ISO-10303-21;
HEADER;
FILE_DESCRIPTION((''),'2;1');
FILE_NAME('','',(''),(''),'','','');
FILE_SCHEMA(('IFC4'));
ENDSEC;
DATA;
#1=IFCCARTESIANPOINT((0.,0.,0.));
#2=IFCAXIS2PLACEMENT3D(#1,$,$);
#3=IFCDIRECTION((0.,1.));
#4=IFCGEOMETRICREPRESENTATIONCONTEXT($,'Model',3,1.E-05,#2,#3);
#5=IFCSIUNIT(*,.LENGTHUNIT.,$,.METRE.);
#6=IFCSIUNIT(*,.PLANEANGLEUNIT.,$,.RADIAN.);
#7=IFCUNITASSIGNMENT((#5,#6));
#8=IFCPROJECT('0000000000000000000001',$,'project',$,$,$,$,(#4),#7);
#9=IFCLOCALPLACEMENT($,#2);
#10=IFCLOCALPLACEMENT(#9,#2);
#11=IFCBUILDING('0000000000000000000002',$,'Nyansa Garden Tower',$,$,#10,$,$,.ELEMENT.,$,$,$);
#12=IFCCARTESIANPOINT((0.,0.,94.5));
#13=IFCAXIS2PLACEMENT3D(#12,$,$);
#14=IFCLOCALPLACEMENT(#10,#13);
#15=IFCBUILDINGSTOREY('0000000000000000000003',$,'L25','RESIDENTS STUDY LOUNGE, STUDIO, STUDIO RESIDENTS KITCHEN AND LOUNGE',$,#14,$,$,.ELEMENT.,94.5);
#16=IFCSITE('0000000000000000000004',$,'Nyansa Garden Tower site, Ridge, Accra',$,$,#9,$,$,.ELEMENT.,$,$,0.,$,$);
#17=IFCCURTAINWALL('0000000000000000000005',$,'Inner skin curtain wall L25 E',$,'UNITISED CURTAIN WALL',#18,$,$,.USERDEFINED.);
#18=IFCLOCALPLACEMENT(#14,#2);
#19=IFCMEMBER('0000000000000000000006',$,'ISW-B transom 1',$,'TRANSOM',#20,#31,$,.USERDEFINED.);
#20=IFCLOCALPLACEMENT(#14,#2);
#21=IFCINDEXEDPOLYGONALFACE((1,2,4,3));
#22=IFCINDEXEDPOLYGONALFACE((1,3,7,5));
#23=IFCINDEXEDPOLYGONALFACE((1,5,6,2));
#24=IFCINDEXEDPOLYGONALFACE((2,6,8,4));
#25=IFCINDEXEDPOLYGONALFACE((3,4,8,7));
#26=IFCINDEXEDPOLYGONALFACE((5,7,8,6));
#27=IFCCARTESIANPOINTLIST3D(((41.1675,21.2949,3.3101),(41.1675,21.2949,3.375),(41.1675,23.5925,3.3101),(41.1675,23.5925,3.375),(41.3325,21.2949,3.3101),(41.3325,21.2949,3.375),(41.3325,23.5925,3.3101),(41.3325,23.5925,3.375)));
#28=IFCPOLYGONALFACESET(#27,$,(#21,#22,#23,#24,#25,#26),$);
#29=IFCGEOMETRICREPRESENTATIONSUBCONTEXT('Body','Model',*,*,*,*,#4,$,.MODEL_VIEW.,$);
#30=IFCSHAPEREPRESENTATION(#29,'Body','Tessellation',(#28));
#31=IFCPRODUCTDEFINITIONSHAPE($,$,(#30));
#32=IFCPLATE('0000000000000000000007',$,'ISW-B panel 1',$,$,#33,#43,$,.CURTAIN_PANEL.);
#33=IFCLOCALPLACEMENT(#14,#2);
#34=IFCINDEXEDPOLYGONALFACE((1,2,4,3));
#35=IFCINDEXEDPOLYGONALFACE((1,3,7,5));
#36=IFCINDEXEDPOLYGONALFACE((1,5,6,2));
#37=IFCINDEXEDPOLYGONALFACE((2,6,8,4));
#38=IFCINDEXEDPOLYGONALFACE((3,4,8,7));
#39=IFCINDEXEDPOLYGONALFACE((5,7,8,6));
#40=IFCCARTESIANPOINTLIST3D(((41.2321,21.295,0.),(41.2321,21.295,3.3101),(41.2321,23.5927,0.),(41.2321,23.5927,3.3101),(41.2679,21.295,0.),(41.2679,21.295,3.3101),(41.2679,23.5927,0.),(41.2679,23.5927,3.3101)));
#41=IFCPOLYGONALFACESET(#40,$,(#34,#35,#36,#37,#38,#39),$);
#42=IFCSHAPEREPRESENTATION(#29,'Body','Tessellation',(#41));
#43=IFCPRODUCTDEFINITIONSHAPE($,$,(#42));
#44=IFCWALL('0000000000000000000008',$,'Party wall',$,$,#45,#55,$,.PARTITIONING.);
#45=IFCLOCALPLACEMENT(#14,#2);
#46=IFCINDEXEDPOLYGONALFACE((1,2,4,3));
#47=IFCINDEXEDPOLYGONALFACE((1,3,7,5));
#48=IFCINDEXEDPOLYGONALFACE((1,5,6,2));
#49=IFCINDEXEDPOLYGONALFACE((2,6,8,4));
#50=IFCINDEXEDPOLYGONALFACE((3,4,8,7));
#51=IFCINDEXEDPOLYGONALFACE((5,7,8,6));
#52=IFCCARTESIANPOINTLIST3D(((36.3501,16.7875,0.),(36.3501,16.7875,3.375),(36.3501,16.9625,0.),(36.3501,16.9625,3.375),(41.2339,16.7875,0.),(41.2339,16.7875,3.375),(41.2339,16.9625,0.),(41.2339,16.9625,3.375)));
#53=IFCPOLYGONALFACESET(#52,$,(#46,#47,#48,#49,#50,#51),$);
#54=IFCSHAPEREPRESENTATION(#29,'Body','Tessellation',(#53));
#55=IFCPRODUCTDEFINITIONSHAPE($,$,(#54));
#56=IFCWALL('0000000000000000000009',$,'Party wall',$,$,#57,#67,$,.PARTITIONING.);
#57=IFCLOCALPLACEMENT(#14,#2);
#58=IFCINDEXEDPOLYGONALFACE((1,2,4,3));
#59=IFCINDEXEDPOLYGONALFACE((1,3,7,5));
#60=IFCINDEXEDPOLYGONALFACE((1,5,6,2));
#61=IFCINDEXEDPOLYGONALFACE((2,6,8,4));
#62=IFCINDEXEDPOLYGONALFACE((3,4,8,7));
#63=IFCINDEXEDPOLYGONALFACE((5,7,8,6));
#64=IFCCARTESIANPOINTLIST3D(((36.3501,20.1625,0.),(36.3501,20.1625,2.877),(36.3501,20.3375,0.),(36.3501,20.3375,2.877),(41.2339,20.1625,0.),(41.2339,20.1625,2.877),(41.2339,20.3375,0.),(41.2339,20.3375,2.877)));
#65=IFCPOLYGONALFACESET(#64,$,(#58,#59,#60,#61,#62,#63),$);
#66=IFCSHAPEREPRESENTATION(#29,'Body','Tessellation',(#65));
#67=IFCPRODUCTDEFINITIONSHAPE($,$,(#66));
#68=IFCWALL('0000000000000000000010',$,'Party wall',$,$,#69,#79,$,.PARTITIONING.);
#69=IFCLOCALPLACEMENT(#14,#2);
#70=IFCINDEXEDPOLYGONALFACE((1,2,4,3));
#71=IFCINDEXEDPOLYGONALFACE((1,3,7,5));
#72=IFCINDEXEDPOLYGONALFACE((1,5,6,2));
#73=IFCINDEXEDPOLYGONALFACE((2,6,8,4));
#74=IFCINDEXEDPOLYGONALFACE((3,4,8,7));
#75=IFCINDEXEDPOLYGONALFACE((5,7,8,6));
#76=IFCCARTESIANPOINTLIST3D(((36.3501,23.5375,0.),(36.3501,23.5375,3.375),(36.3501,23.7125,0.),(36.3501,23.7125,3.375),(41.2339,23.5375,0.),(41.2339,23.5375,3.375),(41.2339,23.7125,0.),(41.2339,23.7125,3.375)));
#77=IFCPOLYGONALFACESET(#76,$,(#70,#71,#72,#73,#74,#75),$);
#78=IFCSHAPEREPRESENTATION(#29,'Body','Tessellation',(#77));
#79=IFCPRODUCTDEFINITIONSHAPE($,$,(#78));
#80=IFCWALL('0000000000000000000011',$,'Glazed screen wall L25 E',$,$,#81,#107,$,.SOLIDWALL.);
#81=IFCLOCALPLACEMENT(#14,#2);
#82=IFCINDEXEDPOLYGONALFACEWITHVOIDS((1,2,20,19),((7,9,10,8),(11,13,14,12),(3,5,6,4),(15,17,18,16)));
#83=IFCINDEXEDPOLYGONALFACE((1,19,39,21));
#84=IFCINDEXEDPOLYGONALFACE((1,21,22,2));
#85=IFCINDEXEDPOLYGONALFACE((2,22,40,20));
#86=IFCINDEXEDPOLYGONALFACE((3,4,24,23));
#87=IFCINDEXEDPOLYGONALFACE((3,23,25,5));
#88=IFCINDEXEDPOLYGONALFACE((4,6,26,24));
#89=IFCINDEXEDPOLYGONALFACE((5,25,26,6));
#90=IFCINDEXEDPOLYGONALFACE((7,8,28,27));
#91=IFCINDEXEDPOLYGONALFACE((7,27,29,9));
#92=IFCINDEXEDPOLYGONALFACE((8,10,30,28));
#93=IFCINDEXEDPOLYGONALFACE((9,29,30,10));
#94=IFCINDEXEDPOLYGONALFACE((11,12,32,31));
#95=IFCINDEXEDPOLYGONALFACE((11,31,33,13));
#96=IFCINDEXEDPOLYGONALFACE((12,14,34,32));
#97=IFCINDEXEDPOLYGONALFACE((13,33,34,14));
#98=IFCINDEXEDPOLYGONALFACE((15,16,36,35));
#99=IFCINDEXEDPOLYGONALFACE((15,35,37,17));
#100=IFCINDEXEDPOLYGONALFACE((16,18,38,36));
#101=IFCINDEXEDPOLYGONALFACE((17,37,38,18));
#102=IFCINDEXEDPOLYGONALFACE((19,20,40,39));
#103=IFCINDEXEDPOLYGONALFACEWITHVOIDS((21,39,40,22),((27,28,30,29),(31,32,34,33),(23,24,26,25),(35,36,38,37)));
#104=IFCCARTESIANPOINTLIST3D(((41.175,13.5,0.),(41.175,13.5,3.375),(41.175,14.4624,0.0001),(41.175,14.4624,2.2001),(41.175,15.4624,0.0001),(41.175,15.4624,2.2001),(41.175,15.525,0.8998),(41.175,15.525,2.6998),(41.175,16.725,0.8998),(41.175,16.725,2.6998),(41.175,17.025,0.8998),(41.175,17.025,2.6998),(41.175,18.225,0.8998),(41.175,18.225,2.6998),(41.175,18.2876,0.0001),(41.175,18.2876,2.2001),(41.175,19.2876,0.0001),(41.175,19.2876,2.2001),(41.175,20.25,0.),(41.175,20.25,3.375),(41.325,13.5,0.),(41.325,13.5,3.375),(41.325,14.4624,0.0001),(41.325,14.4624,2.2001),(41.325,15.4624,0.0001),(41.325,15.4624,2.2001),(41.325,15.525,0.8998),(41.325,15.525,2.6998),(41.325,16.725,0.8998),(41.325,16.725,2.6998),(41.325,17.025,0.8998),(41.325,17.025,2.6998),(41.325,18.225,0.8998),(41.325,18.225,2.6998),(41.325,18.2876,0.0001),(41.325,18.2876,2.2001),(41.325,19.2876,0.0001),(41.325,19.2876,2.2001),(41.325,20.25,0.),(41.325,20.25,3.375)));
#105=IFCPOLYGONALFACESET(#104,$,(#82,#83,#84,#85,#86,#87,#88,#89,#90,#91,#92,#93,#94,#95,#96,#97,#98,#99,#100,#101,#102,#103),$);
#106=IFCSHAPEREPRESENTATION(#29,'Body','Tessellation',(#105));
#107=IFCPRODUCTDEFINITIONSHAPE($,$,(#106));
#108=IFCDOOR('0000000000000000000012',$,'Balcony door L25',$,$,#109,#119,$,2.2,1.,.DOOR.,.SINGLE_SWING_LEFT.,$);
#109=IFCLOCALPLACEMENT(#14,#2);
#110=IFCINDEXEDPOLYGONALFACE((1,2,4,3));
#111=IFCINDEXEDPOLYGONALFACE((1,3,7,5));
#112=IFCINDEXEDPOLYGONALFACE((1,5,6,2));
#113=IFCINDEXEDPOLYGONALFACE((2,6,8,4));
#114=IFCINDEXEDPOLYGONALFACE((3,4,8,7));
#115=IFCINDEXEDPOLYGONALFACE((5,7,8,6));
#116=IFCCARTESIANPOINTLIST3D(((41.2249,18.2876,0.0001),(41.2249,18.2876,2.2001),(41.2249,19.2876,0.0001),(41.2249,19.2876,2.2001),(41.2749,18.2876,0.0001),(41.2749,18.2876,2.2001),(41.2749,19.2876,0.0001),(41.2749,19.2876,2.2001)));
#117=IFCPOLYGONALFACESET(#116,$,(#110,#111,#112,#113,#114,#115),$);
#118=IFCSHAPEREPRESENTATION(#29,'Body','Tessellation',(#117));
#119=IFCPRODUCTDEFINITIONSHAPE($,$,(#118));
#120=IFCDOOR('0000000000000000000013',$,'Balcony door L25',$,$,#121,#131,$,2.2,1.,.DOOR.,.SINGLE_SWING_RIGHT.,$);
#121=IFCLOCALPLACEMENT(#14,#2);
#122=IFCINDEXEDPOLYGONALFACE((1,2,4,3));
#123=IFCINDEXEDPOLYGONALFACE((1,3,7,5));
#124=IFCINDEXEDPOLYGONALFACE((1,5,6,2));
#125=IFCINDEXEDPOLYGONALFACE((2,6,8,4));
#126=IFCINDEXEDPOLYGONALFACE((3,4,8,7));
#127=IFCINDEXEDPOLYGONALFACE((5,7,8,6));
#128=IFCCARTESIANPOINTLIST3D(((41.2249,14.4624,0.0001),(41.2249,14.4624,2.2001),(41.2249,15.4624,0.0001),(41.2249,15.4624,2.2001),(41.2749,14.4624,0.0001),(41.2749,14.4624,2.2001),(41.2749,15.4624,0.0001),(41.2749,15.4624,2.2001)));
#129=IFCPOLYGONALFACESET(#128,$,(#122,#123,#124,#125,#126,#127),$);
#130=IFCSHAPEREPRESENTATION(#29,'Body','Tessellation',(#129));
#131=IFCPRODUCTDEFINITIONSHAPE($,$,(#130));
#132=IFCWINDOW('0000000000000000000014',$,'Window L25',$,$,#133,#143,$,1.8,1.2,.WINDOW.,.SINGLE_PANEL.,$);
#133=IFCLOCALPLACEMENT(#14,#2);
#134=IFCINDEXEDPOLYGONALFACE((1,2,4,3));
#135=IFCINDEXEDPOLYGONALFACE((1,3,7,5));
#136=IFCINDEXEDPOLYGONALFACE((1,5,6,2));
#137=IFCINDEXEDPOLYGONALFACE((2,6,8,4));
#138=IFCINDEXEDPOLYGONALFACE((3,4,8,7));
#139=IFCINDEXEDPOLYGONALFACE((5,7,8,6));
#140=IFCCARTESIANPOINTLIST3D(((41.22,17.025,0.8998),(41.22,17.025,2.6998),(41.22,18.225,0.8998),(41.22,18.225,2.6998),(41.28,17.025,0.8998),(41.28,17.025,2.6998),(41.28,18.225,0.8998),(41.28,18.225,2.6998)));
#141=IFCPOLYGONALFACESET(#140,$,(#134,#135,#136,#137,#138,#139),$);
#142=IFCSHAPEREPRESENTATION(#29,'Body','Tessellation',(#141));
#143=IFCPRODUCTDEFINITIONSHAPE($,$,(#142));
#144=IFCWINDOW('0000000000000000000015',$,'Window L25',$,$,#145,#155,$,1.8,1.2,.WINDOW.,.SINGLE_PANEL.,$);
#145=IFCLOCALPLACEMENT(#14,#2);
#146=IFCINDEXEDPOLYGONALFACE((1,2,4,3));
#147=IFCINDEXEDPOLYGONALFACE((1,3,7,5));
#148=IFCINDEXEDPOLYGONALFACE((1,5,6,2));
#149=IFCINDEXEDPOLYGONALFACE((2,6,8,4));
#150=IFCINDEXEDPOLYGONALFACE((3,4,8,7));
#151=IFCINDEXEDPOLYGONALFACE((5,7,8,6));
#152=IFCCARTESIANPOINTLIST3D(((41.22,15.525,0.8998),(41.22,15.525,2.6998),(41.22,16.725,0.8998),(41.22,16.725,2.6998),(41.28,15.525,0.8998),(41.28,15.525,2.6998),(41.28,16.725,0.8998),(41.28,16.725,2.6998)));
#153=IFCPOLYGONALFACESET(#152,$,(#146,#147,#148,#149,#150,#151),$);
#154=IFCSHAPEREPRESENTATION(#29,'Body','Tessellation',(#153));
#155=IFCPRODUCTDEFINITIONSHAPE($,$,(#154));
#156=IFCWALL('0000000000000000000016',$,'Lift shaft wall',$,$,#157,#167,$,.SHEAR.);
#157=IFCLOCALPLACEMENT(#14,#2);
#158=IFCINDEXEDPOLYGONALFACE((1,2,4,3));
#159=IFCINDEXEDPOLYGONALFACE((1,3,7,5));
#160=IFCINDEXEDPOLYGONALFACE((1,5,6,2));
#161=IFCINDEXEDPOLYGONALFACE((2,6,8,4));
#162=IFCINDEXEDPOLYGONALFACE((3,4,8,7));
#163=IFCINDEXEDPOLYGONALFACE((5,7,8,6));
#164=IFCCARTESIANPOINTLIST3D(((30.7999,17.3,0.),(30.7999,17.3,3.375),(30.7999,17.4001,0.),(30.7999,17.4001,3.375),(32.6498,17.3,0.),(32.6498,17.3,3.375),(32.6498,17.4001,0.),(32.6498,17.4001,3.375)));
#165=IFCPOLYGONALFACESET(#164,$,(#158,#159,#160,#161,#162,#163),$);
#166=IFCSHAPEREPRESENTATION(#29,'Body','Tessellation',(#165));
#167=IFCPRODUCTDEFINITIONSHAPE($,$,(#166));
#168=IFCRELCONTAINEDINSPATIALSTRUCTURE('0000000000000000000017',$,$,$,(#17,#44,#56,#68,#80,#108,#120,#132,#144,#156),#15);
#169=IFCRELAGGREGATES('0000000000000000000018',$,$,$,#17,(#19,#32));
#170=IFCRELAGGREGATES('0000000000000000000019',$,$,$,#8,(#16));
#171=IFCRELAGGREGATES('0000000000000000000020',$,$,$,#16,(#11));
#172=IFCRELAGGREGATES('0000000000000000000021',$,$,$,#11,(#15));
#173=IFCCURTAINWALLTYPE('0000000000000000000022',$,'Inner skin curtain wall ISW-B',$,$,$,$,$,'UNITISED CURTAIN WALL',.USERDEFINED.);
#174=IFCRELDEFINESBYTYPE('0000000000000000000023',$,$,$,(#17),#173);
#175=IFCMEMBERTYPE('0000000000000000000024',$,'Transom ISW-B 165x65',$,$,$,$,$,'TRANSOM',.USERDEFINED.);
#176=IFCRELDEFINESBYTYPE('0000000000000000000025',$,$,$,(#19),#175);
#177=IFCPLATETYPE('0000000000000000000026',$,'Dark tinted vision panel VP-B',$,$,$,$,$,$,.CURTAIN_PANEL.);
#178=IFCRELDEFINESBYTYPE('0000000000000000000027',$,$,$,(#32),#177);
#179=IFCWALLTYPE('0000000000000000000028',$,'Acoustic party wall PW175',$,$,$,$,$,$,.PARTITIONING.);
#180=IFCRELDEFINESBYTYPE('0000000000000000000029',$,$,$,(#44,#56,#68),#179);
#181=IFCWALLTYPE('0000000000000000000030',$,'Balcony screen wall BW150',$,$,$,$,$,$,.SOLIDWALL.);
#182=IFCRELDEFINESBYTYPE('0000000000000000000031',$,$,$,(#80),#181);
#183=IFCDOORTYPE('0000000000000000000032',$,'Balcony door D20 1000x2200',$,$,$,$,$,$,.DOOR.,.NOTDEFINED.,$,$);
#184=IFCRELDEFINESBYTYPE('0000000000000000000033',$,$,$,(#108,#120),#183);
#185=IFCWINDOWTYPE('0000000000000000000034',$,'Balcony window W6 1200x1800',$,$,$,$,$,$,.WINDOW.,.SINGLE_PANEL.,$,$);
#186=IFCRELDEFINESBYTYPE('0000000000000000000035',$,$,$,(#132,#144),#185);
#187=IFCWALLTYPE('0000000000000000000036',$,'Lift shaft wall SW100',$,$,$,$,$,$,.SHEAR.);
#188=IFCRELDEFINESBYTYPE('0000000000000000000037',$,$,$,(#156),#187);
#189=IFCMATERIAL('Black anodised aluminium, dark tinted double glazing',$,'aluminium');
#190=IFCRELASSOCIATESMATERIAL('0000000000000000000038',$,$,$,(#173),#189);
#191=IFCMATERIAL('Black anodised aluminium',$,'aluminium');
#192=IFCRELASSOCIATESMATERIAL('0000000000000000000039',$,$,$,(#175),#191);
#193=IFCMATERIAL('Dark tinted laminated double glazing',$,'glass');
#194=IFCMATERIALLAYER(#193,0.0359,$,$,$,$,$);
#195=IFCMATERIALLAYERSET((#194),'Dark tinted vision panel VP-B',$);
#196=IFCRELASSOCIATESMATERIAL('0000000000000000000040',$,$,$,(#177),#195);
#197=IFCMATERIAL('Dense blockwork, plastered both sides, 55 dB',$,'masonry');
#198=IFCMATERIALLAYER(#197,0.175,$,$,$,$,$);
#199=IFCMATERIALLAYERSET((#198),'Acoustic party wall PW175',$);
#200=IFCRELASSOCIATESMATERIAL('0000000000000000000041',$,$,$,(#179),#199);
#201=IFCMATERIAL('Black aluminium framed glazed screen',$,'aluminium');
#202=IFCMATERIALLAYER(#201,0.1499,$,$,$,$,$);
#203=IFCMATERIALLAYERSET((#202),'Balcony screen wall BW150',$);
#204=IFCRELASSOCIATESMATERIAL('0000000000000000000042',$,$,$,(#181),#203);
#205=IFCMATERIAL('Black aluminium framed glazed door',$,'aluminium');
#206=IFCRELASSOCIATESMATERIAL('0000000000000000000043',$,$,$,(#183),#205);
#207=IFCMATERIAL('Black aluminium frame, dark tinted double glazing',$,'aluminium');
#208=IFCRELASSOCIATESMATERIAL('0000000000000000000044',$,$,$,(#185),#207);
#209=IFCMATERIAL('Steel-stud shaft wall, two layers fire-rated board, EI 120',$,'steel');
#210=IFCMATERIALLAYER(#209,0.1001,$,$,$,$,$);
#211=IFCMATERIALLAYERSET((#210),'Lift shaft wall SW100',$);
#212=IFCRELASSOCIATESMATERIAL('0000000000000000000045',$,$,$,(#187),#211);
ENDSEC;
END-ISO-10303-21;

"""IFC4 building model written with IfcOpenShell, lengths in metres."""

from ifc_helpers import new_model, si_unit, direction, frame, frame_2d, origin, origin_2d, place, context, subcontext, project, spatial, rectangle, extrude, material, layer, layer_set, material_profile, profile_set, type_object, element, fill, aggregate, save


model = new_model("IFC4")

# Units and contexts
model_context = context("Model", 3, precision=1e-05, world=origin(), true_north=direction((0.0, 1.0)))
body_context = subcontext(model_context, "Body", "Model", "MODEL_VIEW")
ifc_project = project(units=[si_unit("LENGTHUNIT", "METRE"), si_unit("PLANEANGLEUNIT", "RADIAN")], contexts=[model_context])

# Site, building, storey
site_placement = place(None, origin())
site = spatial("IfcSite", under=ifc_project, at=site_placement, Name="Nyansa Garden Tower site, Ridge, Accra", CompositionType="ELEMENT", RefElevation=0.0)
building_placement = place(site_placement, origin())
building = spatial("IfcBuilding", under=site, at=building_placement, Name="Nyansa Garden Tower", CompositionType="ELEMENT")
storey_placement = place(building_placement, frame((0.0, 0.0, 94.5)))
storey = spatial("IfcBuildingStorey", under=building, at=storey_placement, Name="L25", Description="RESIDENTS STUDY LOUNGE, STUDIO, STUDIO RESIDENTS KITCHEN AND LOUNGE", CompositionType="ELEMENT", Elevation=94.5)

# Curtain wall
ifc_material_1 = material(Name="Black anodised aluminium, dark tinted double glazing", Category="aluminium")
curtain_wall_type = type_object("IfcCurtainWallType", Name="Inner skin curtain wall ISW-B", ElementType="UNITISED CURTAIN WALL", PredefinedType="USERDEFINED", material=ifc_material_1)
curtain_wall_placement = place(storey_placement, origin())
curtain_wall = element("IfcCurtainWall", 1, at=curtain_wall_placement, inside=storey, type_object=curtain_wall_type, Name="Inner skin curtain wall L25 E", ObjectType="UNITISED CURTAIN WALL", PredefinedType="USERDEFINED")

# Member
ifc_material_2 = material(Name="Black anodised aluminium", Category="aluminium")
ifc_material_profile_1 = material_profile(ifc_material_2, rectangle(XDim=0.165, YDim=0.0649, at=origin_2d()), Name="Transom 165x65")
ifc_profile_set_1 = profile_set([ifc_material_profile_1], Name="Black anodised aluminium")
member_type_1 = type_object("IfcMemberType", Name="Transom ISW-B 165x65", ElementType="TRANSOM", PredefinedType="USERDEFINED", material=ifc_profile_set_1)
member_1_placement = place(storey_placement, frame((41.25, 21.2949, 3.3425), z_axis=(0.0, 1.0, 0.0), x_axis=(-1.0, 0.0, 0.0)))
member_1 = element("IfcMember", 2, at=member_1_placement, type_object=member_type_1, Name="ISW-B transom 1", ObjectType="TRANSOM", PredefinedType="USERDEFINED", context=body_context, shape_type="SweptSolid", body=[
    extrude(rectangle(XDim=0.165, YDim=0.0649, at=origin_2d()), origin(), (0.0, 0.0, 1.0), 2.2976),
])

# Plate
ifc_material_3 = material(Name="Dark tinted laminated double glazing", Category="glass")
ifc_layer_1 = layer(ifc_material_3, 0.0359)
ifc_layer_set_1 = layer_set([ifc_layer_1], Name="Dark tinted vision panel VP-B")
plate_type = type_object("IfcPlateType", Name="Dark tinted vision panel VP-B", PredefinedType="CURTAIN_PANEL", material=ifc_layer_set_1)
plate_placement = place(storey_placement, frame((41.25, 22.4438, 0.0), z_axis=(0.0, 0.0, 1.0), x_axis=(0.0, 1.0, 0.0)))
plate = element("IfcPlate", 3, at=plate_placement, type_object=plate_type, Name="ISW-B panel 1", PredefinedType="CURTAIN_PANEL", context=body_context, shape_type="SweptSolid", body=[
    extrude(rectangle(XDim=2.2976, YDim=0.0359, at=origin_2d()), origin(), (0.0, 0.0, 1.0), 3.3101),
])
aggregate(curtain_wall, [member_1, plate])

# Walls
ifc_material_4 = material(Name="Dense blockwork, plastered both sides, 55 dB", Category="masonry")
ifc_layer_2 = layer(ifc_material_4, 0.175)
ifc_layer_set_2 = layer_set([ifc_layer_2], Name="Acoustic party wall PW175")
wall_type_1 = type_object("IfcWallType", Name="Acoustic party wall PW175", PredefinedType="PARTITIONING", material=ifc_layer_set_2)
wall_1_placement = place(storey_placement, frame((36.3501, 16.875, 0.0), z_axis=(0.0, 0.0, 1.0), x_axis=(1.0, 0.0, 0.0)))
element("IfcWall", 4, at=wall_1_placement, inside=storey, type_object=wall_type_1, Name="Party wall", PredefinedType="PARTITIONING", context=body_context, shape_type="SweptSolid", body=[
    extrude(rectangle(XDim=4.8838, YDim=0.175, at=frame_2d((2.4419, 0.0))), origin(), (0.0, 0.0, 1.0), 3.375),
])
wall_2_placement = place(storey_placement, frame((36.3501, 20.25, 0.0), z_axis=(0.0, 0.0, 1.0), x_axis=(1.0, 0.0, 0.0)))
element("IfcWall", 5, at=wall_2_placement, inside=storey, type_object=wall_type_1, Name="Party wall", PredefinedType="PARTITIONING", context=body_context, shape_type="SweptSolid", body=[
    extrude(rectangle(XDim=4.8838, YDim=0.175, at=frame_2d((2.4419, 0.0))), origin(), (0.0, 0.0, 1.0), 2.877),
])
wall_3_placement = place(storey_placement, frame((36.3501, 23.625, 0.0), z_axis=(0.0, 0.0, 1.0), x_axis=(1.0, 0.0, 0.0)))
element("IfcWall", 6, at=wall_3_placement, inside=storey, type_object=wall_type_1, Name="Party wall", PredefinedType="PARTITIONING", context=body_context, shape_type="SweptSolid", body=[
    extrude(rectangle(XDim=4.8838, YDim=0.175, at=frame_2d((2.4419, 0.0))), origin(), (0.0, 0.0, 1.0), 3.375),
])

# Wall, openings, doors, windows
ifc_material_5 = material(Name="Black aluminium framed glazed screen", Category="aluminium")
ifc_layer_3 = layer(ifc_material_5, 0.1499)
ifc_layer_set_3 = layer_set([ifc_layer_3], Name="Balcony screen wall BW150")
wall_type_2 = type_object("IfcWallType", Name="Balcony screen wall BW150", PredefinedType="SOLIDWALL", material=ifc_layer_set_3)
wall_4_placement = place(storey_placement, frame((41.25, 20.25, 0.0), z_axis=(0.0, 0.0, 1.0), x_axis=(0.0, -1.0, 0.0)))
wall_4 = element("IfcWall", 7, at=wall_4_placement, inside=storey, type_object=wall_type_2, Name="Glazed screen wall L25 E", PredefinedType="SOLIDWALL", context=body_context, shape_type="SweptSolid", body=[
    extrude(rectangle(XDim=6.75, YDim=0.1499, at=frame_2d((3.375, 0.0))), origin(), (0.0, 0.0, 1.0), 3.375),
])
opening_1_placement = place(wall_4_placement, frame((0.9624, 0.0, 0.0)))
opening_1 = element("IfcOpeningElement", 8, at=opening_1_placement, cuts=wall_4, PredefinedType="OPENING", context=body_context, shape_type="SweptSolid", body=[
    extrude(rectangle(XDim=1.0, YDim=2.2, at=frame_2d((0.5, 1.1001))), frame((0.0, 0.085, 0.0), z_axis=(0.0, -1.0, 0.0), x_axis=(1.0, 0.0, 0.0)), (0.0, 0.0, 1.0), 0.1699),
])
opening_2_placement = place(wall_4_placement, frame((2.0249, 0.0, 0.8999)))
opening_2 = element("IfcOpeningElement", 9, at=opening_2_placement, cuts=wall_4, PredefinedType="OPENING", context=body_context, shape_type="SweptSolid", body=[
    extrude(rectangle(XDim=1.2, YDim=1.8, at=frame_2d((0.6001, 0.8999))), frame((0.0, 0.085, 0.0), z_axis=(0.0, -1.0, 0.0), x_axis=(1.0, 0.0, 0.0)), (0.0, 0.0, 1.0), 0.1699),
])
opening_3_placement = place(wall_4_placement, frame((4.7876, 0.0, 0.0)))
opening_3 = element("IfcOpeningElement", 10, at=opening_3_placement, cuts=wall_4, PredefinedType="OPENING", context=body_context, shape_type="SweptSolid", body=[
    extrude(rectangle(XDim=1.0, YDim=2.2, at=frame_2d((0.5, 1.1001))), frame((0.0, 0.085, 0.0), z_axis=(0.0, -1.0, 0.0), x_axis=(1.0, 0.0, 0.0)), (0.0, 0.0, 1.0), 0.1699),
])
opening_4_placement = place(wall_4_placement, frame((3.5249, 0.0, 0.8999)))
opening_4 = element("IfcOpeningElement", 11, at=opening_4_placement, cuts=wall_4, PredefinedType="OPENING", context=body_context, shape_type="SweptSolid", body=[
    extrude(rectangle(XDim=1.2, YDim=1.8, at=frame_2d((0.6001, 0.8999))), frame((0.0, 0.085, 0.0), z_axis=(0.0, -1.0, 0.0), x_axis=(1.0, 0.0, 0.0)), (0.0, 0.0, 1.0), 0.1699),
])
ifc_material_6 = material(Name="Black aluminium framed glazed door", Category="aluminium")
door_type_1 = type_object("IfcDoorType", Name="Balcony door D20 1000x2200", OperationType="NOTDEFINED", PredefinedType="DOOR", material=ifc_material_6)
door_1_placement = place(opening_1_placement, origin())
door_1 = element("IfcDoor", 12, at=door_1_placement, inside=storey, type_object=door_type_1, Name="Balcony door L25", OperationType="SINGLE_SWING_LEFT", OverallHeight=2.2, OverallWidth=1.0, PredefinedType="DOOR", context=body_context, shape_type="SweptSolid", body=[
    extrude(rectangle(XDim=1.0, YDim=2.2, at=frame_2d((0.5, 1.1001))), frame((0.0, 0.0249, 0.0), z_axis=(0.0, -1.0, 0.0), x_axis=(1.0, 0.0, 0.0)), (0.0, 0.0, 1.0), 0.05),
])
fill(opening_1, door_1)
door_2_placement = place(opening_3_placement, origin())
door_2 = element("IfcDoor", 13, at=door_2_placement, inside=storey, type_object=door_type_1, Name="Balcony door L25", OperationType="SINGLE_SWING_RIGHT", OverallHeight=2.2, OverallWidth=1.0, PredefinedType="DOOR", context=body_context, shape_type="SweptSolid", body=[
    extrude(rectangle(XDim=1.0, YDim=2.2, at=frame_2d((0.5, 1.1001))), frame((0.0, 0.0249, 0.0), z_axis=(0.0, -1.0, 0.0), x_axis=(1.0, 0.0, 0.0)), (0.0, 0.0, 1.0), 0.05),
])
fill(opening_3, door_2)
ifc_material_7 = material(Name="Black aluminium frame, dark tinted double glazing", Category="aluminium")
window_type = type_object("IfcWindowType", Name="Balcony window W6 1200x1800", PartitioningType="SINGLE_PANEL", PredefinedType="WINDOW", material=ifc_material_7)
window_1_placement = place(opening_2_placement, origin())
window_1 = element("IfcWindow", 14, at=window_1_placement, inside=storey, type_object=window_type, Name="Window L25", OverallHeight=1.8, OverallWidth=1.2, PartitioningType="SINGLE_PANEL", PredefinedType="WINDOW", context=body_context, shape_type="SweptSolid", body=[
    extrude(rectangle(XDim=1.2, YDim=1.8, at=frame_2d((0.6001, 0.8999))), frame((0.0, 0.03, 0.0), z_axis=(0.0, -1.0, 0.0), x_axis=(1.0, 0.0, 0.0)), (0.0, 0.0, 1.0), 0.0601),
])
fill(opening_2, window_1)
window_2_placement = place(opening_4_placement, origin())
window_2 = element("IfcWindow", 15, at=window_2_placement, inside=storey, type_object=window_type, Name="Window L25", OverallHeight=1.8, OverallWidth=1.2, PartitioningType="SINGLE_PANEL", PredefinedType="WINDOW", context=body_context, shape_type="SweptSolid", body=[
    extrude(rectangle(XDim=1.2, YDim=1.8, at=frame_2d((0.6001, 0.8999))), frame((0.0, 0.03, 0.0), z_axis=(0.0, -1.0, 0.0), x_axis=(1.0, 0.0, 0.0)), (0.0, 0.0, 1.0), 0.0601),
])
fill(opening_4, window_2)

# Wall
ifc_material_8 = material(Name="Steel-stud shaft wall, two layers fire-rated board, EI 120", Category="steel")
ifc_layer_4 = layer(ifc_material_8, 0.1001)
ifc_layer_set_4 = layer_set([ifc_layer_4], Name="Lift shaft wall SW100")
wall_type_3 = type_object("IfcWallType", Name="Lift shaft wall SW100", PredefinedType="SHEAR", material=ifc_layer_set_4)
for number, where, z_axis, x_axis, name in (
    (16, (30.8, 17.3501, 0.0), (0.0, 0.0, 1.0), (1.0, 0.0, 0.0), "Lift shaft wall"),
):
    element("IfcWall", number, at=place(storey_placement, frame(where, z_axis=z_axis, x_axis=x_axis)), inside=storey, type_object=wall_type_3, Name=name, PredefinedType="SHEAR", context=body_context, shape_type="SweptSolid", body=[
        extrude(rectangle(XDim=1.8499, YDim=0.1001, at=frame_2d((0.9248, 0.0))), origin(), (0.0, 0.0, 1.0), 3.375),
    ])

save(model, "model.ifc")
